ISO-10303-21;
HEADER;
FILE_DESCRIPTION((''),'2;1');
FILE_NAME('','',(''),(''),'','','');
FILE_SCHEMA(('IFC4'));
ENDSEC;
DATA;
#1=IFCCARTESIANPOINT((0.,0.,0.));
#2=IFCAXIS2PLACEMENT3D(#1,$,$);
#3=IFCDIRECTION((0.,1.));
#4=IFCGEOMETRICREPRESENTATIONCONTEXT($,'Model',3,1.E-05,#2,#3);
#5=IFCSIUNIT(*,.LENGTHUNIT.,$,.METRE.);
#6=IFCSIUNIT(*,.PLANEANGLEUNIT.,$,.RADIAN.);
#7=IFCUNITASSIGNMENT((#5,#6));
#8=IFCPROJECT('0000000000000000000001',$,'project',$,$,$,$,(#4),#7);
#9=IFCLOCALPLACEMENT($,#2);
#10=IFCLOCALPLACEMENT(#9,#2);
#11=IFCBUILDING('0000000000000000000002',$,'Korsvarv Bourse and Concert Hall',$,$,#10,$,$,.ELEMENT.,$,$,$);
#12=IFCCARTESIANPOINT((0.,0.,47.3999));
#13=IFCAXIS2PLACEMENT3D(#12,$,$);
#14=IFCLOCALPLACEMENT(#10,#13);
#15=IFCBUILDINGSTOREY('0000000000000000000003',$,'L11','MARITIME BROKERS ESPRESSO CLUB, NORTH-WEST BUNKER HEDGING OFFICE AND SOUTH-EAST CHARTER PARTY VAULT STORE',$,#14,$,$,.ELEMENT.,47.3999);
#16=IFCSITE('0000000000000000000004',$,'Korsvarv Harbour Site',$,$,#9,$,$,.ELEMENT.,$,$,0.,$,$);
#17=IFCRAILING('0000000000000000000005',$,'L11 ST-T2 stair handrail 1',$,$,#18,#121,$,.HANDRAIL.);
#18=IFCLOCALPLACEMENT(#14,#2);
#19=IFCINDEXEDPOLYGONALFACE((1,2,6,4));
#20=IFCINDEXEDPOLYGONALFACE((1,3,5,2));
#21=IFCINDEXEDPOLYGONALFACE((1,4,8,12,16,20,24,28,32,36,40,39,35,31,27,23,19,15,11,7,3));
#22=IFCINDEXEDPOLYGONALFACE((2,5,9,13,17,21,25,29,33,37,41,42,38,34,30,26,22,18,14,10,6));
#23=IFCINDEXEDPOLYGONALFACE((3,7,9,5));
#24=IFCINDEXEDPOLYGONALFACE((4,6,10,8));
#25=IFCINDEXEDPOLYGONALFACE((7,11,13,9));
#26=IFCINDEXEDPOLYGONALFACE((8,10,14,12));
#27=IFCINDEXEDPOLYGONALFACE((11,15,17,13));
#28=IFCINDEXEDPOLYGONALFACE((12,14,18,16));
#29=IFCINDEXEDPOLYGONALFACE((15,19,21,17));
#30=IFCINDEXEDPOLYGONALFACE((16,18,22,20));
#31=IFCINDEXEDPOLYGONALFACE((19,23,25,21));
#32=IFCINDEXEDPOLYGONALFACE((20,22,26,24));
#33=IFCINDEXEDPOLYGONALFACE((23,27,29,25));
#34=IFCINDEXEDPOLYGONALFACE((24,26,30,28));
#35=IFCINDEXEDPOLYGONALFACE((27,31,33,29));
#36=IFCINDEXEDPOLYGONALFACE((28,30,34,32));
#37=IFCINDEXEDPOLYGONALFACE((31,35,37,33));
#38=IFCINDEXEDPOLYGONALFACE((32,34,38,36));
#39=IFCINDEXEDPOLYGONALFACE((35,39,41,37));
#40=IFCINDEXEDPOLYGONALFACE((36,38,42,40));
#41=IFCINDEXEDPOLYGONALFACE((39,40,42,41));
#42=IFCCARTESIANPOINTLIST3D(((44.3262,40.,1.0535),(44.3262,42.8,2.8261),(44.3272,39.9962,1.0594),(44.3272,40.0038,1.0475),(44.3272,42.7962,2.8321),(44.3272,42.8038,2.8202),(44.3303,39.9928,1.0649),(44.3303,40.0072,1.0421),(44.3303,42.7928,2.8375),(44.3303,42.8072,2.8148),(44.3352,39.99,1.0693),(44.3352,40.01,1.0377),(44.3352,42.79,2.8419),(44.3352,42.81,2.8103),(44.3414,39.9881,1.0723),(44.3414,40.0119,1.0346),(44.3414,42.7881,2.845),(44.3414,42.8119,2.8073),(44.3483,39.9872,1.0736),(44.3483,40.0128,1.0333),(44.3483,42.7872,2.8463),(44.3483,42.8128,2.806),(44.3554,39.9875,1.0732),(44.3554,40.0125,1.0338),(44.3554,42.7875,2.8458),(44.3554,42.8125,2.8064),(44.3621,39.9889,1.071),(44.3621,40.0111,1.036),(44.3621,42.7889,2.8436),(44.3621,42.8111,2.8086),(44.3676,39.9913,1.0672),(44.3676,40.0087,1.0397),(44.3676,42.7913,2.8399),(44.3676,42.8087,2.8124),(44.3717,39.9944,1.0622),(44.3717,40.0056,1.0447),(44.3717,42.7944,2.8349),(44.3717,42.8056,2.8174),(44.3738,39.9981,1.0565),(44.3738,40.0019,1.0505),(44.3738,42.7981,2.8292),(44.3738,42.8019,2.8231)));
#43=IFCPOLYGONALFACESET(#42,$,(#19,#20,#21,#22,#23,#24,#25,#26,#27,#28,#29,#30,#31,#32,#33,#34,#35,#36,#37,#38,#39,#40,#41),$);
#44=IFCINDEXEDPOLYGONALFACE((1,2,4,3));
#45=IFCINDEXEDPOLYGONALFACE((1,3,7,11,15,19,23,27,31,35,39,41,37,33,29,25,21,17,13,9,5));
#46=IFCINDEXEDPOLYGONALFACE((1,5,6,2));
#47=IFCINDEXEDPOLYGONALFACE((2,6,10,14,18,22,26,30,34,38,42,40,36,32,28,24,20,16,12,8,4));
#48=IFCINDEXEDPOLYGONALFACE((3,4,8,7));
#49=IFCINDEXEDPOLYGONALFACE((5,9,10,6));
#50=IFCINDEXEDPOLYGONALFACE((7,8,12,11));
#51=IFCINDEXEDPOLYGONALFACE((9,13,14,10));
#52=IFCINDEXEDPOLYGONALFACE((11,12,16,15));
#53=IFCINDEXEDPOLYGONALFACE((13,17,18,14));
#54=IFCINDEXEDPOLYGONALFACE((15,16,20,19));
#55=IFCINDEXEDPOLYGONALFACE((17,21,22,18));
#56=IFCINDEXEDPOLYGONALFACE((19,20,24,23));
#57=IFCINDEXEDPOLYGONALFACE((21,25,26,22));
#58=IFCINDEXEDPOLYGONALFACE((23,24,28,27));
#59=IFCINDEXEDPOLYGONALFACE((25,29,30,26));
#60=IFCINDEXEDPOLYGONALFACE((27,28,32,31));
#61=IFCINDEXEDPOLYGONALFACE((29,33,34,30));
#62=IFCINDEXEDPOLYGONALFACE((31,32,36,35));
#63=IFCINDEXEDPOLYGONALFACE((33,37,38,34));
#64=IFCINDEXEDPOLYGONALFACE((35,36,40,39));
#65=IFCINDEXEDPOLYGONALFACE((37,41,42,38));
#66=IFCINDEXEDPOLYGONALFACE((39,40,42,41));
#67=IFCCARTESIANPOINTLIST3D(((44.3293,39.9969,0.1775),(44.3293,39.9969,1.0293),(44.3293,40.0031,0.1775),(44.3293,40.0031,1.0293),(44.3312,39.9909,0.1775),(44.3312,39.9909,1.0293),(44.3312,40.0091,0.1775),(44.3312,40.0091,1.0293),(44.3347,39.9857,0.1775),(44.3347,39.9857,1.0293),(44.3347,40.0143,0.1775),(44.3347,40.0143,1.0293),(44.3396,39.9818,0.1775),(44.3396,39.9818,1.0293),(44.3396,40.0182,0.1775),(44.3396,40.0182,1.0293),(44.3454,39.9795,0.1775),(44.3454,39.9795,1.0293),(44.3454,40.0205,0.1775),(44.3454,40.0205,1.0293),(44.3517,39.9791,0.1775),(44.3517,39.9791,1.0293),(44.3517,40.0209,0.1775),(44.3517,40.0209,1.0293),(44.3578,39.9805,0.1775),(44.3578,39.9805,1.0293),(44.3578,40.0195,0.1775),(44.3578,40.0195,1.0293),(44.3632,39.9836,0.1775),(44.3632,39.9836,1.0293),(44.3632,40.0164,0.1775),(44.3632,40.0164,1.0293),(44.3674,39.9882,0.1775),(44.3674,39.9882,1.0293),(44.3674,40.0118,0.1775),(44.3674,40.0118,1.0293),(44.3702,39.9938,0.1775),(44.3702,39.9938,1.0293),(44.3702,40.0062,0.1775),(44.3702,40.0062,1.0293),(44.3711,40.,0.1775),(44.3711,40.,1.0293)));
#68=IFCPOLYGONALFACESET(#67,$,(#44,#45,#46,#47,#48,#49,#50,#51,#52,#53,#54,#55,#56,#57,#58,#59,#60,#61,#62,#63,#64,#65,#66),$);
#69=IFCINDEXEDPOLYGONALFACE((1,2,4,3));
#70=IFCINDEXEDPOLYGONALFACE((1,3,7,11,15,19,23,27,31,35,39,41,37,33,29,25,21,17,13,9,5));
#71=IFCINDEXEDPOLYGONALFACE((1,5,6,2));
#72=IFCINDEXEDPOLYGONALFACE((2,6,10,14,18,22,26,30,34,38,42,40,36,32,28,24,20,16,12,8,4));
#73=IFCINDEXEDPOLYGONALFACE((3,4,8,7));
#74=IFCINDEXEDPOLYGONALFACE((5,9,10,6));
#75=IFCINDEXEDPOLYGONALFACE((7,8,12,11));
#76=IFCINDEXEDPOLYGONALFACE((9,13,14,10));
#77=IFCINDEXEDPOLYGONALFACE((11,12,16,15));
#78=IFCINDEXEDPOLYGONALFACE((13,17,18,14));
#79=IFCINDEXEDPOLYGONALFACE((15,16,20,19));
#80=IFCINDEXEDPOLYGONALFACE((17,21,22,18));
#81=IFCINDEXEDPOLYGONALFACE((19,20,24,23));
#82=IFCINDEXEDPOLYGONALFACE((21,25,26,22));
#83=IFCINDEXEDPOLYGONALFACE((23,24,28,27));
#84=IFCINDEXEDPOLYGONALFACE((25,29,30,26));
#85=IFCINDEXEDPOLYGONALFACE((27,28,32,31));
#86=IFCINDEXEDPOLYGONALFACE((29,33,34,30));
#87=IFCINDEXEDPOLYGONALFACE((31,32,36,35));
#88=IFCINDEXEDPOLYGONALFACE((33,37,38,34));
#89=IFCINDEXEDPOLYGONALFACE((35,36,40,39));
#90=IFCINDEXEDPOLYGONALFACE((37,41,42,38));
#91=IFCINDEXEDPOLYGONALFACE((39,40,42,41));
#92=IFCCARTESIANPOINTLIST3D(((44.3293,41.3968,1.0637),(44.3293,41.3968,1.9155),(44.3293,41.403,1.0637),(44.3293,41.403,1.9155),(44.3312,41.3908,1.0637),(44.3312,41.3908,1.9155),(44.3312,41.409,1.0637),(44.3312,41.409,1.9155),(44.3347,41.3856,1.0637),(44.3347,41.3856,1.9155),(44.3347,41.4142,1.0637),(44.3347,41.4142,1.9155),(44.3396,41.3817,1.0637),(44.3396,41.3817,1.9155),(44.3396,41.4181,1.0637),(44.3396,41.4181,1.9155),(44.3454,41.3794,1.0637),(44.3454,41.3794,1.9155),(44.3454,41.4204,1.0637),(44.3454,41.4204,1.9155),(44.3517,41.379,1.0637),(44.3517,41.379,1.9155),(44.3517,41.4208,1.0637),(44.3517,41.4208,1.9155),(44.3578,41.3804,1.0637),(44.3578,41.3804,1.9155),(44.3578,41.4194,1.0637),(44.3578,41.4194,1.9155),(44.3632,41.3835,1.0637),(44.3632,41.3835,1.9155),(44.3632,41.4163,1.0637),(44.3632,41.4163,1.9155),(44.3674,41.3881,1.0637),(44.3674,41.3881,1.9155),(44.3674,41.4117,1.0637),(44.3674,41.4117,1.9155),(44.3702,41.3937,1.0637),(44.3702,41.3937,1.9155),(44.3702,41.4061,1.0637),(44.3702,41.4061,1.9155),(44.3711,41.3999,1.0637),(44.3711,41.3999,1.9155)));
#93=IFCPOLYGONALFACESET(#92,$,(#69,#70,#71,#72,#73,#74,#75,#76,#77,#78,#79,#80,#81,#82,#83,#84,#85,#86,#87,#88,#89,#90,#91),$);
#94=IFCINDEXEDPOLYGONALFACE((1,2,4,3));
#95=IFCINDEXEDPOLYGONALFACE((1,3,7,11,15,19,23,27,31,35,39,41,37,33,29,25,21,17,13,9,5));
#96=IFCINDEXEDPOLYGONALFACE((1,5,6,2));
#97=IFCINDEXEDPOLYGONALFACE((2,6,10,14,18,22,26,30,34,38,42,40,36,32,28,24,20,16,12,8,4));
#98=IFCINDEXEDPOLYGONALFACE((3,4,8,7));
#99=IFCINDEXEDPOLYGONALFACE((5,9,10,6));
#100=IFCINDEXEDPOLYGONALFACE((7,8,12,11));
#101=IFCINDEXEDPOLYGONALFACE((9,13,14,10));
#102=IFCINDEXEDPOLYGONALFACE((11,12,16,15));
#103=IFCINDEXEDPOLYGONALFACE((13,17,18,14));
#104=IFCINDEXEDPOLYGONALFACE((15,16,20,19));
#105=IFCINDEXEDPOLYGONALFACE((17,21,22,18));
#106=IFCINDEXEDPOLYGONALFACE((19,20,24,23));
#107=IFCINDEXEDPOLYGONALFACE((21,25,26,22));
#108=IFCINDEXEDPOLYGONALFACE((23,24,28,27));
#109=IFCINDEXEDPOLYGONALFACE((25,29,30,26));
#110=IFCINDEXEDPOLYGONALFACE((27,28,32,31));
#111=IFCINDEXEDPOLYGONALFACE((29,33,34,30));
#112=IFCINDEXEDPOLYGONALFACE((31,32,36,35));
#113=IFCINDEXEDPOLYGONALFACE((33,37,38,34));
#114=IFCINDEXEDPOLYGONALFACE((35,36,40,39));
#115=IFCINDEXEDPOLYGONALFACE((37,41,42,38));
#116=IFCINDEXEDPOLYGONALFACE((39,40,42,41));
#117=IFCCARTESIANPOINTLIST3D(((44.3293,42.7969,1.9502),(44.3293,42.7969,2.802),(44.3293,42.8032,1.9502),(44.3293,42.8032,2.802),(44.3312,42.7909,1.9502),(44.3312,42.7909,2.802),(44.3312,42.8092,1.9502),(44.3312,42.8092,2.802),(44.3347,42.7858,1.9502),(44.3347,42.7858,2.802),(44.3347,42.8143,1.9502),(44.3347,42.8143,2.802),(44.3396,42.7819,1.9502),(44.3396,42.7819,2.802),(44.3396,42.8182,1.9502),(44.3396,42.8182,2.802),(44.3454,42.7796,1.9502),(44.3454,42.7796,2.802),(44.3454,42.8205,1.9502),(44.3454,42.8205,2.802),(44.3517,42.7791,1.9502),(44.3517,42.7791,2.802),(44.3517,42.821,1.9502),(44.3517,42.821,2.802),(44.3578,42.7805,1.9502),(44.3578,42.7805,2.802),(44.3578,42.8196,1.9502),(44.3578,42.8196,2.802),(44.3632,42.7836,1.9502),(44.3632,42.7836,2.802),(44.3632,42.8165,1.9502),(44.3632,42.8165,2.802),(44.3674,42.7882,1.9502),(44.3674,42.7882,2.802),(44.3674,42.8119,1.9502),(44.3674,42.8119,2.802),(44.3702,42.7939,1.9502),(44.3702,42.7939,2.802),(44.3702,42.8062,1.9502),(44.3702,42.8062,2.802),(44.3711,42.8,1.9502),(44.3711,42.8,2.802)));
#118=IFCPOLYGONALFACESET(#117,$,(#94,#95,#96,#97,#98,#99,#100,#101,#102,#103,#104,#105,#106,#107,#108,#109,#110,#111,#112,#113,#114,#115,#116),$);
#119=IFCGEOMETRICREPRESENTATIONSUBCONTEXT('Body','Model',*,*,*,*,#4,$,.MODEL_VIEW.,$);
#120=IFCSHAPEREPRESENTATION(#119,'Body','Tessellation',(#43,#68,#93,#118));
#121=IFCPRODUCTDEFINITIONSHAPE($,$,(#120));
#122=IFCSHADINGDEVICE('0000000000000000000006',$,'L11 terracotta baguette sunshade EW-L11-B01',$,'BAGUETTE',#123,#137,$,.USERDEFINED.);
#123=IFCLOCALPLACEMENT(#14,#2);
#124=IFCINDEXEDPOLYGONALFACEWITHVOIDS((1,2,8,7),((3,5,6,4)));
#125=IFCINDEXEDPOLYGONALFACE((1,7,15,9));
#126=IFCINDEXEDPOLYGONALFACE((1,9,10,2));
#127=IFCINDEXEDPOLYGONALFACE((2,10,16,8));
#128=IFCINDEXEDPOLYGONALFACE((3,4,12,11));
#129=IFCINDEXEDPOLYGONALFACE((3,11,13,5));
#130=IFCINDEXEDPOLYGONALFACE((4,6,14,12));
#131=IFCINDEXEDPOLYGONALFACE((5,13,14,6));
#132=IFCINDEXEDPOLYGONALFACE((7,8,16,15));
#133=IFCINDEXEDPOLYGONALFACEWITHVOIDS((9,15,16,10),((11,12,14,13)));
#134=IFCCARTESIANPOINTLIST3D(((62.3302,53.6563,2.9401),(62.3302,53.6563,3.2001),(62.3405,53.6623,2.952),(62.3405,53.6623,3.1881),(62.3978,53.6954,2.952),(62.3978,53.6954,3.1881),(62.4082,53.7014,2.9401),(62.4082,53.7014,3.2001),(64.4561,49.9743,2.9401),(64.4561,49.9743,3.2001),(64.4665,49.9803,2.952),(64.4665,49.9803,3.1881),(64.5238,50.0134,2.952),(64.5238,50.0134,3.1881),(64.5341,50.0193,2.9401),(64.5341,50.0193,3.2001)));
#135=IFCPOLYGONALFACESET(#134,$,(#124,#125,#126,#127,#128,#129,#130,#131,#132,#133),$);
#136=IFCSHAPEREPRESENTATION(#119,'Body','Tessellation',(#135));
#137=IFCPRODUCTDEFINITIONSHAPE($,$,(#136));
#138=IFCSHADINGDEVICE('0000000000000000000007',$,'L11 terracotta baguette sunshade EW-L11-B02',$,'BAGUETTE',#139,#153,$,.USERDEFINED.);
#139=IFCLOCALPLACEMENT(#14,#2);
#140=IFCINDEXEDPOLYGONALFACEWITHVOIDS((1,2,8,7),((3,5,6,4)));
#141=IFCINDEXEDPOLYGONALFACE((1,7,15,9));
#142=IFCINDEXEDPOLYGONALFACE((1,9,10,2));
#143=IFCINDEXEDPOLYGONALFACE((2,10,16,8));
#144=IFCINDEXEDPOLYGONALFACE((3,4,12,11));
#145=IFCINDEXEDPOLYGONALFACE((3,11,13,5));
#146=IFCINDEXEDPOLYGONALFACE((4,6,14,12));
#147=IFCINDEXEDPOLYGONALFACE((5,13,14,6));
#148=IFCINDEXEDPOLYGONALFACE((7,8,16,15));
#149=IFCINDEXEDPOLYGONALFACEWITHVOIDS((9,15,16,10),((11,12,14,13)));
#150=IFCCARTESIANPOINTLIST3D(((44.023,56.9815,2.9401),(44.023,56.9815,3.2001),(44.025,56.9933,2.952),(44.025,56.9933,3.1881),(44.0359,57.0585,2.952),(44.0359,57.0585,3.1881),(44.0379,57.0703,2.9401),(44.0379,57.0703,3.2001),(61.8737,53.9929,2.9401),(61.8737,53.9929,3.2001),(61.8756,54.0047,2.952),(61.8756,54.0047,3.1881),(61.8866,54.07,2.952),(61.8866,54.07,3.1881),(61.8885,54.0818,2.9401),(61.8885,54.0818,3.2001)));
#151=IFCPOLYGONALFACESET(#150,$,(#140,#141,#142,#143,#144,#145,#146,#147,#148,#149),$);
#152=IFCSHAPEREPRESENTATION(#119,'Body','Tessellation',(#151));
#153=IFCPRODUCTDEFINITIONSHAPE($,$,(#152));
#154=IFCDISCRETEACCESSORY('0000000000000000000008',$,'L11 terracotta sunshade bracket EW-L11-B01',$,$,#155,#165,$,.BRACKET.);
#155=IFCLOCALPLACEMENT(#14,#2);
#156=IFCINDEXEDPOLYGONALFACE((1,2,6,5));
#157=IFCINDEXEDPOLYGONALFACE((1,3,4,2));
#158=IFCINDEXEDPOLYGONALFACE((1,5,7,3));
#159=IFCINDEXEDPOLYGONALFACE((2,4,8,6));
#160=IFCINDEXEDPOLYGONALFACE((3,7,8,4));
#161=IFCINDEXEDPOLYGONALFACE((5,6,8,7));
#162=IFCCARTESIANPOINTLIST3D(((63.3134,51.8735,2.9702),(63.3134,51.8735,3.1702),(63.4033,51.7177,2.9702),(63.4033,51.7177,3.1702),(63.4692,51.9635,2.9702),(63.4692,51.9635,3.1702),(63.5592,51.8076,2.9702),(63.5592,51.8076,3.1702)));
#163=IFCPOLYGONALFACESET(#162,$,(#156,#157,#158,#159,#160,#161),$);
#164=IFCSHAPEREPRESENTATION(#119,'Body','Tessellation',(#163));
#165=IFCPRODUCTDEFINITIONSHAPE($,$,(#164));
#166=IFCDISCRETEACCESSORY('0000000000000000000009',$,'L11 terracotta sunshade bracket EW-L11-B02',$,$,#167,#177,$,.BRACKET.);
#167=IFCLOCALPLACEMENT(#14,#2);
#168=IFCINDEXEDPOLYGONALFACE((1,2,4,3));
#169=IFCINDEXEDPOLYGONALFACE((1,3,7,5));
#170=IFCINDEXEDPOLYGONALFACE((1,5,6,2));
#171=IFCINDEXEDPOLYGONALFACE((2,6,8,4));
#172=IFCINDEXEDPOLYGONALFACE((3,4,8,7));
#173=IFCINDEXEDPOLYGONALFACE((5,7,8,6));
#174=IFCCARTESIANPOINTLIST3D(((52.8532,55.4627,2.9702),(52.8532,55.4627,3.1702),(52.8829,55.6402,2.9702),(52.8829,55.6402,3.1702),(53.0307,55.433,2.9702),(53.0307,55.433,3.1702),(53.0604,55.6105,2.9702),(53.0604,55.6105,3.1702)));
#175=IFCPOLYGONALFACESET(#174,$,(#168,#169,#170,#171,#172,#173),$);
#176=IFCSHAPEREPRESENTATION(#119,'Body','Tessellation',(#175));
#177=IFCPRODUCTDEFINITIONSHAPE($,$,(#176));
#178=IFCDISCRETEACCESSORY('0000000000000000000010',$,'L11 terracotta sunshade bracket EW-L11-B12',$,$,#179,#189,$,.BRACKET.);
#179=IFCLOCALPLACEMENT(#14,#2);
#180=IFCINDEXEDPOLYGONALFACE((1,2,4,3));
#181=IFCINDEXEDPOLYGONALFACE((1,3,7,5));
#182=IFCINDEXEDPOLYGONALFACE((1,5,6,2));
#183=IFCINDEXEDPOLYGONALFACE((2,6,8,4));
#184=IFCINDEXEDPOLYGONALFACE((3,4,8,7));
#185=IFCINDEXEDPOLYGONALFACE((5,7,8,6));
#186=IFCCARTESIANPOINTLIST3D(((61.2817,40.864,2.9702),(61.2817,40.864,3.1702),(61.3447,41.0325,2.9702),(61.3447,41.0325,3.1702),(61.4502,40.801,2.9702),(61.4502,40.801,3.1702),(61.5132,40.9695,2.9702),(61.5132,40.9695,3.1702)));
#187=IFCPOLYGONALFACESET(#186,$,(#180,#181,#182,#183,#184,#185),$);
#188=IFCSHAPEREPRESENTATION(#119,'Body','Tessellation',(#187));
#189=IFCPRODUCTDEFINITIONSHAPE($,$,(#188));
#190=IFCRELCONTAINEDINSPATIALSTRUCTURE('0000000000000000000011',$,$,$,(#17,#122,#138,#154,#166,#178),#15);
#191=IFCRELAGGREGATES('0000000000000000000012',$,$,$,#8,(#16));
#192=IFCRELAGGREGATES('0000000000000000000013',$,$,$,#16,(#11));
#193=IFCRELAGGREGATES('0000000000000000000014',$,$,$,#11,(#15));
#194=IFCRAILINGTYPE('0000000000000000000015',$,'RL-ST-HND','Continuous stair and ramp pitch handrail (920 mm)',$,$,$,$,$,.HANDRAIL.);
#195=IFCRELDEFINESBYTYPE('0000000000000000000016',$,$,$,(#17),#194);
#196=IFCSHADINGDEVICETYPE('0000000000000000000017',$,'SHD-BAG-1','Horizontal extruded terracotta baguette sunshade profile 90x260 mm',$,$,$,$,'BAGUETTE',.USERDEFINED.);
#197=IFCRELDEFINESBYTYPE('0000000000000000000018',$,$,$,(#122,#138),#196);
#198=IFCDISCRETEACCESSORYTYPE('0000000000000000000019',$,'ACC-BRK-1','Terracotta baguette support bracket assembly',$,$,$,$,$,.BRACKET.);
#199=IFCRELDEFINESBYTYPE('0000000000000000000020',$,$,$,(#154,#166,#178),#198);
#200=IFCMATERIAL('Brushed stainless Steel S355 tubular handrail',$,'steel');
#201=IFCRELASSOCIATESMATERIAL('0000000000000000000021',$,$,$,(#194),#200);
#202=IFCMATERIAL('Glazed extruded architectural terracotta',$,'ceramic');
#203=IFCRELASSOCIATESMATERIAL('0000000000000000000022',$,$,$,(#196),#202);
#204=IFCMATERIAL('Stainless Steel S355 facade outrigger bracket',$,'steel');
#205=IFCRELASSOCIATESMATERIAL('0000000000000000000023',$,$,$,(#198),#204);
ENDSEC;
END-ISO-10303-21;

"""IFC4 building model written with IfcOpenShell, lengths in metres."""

from ifc_helpers import new_model, si_unit, direction, frame, origin, origin_2d, place, context, subcontext, project, spatial, rectangle, hollow_rectangle, circle, extrude, source, transform, mapped, material, material_profile, profile_set, type_object, element, save


model = new_model("IFC4")

# Units and contexts
model_context = context("Model", 3, precision=1e-05, world=origin(), true_north=direction((0.0, 1.0)))
body_context = subcontext(model_context, "Body", "Model", "MODEL_VIEW")
ifc_project = project(units=[si_unit("LENGTHUNIT", "METRE"), si_unit("PLANEANGLEUNIT", "RADIAN")], contexts=[model_context])

# Site, building, storey
site_placement = place(None, origin())
site = spatial("IfcSite", under=ifc_project, at=site_placement, Name="Korsvarv Harbour Site", CompositionType="ELEMENT", RefElevation=0.0)
building_placement = place(site_placement, origin())
building = spatial("IfcBuilding", under=site, at=building_placement, Name="Korsvarv Bourse and Concert Hall", CompositionType="ELEMENT")
storey_placement = place(building_placement, frame((0.0, 0.0, 47.3999)))
storey = spatial("IfcBuildingStorey", under=building, at=storey_placement, Name="L11", Description="MARITIME BROKERS ESPRESSO CLUB, NORTH-WEST BUNKER HEDGING OFFICE AND SOUTH-EAST CHARTER PARTY VAULT STORE", CompositionType="ELEMENT", Elevation=47.3999)

# Railing
ifc_material_1 = material(Name="Brushed stainless Steel S355 tubular handrail", Category="steel")
railing_type_1 = type_object("IfcRailingType", Name="RL-ST-HND", Description="Continuous stair and ramp pitch handrail (920 mm)", PredefinedType="HANDRAIL", material=ifc_material_1)
railing_1_placement = place(storey_placement, frame((44.3501, 40.0, 0.1775)))
element("IfcRailing", 1, at=railing_1_placement, inside=storey, type_object=railing_type_1, Name="L11 ST-T2 stair handrail 1", PredefinedType="HANDRAIL", context=body_context, shape_type="SweptSolid", body=[
    extrude(circle(Radius=0.0239, at=origin_2d()), frame((0.0, 0.0, 0.876), z_axis=(0.0, 0.844909, 0.53491), x_axis=(-1.0, 0.0, 0.0)), (0.0, 0.0, 1.0), 3.314),
    extrude(circle(Radius=0.021, at=origin_2d()), origin(), (0.0, 0.0, 1.0), 0.8518),
    extrude(circle(Radius=0.021, at=origin_2d()), frame((0.0, 1.3999, 0.8862)), (0.0, 0.0, 1.0), 0.8518),
    extrude(circle(Radius=0.021, at=origin_2d()), frame((0.0, 2.8, 1.7727)), (0.0, 0.0, 1.0), 0.8518),
])

# Shading devices
ifc_material_2 = material(Name="Glazed extruded architectural terracotta", Category="ceramic")
ifc_material_profile_1 = material_profile(ifc_material_2, hollow_rectangle(XDim=0.0901, YDim=0.26, WallThickness=0.012, at=origin_2d()), Name="TC-BAG 90x260")
ifc_profile_set_1 = profile_set([ifc_material_profile_1], Name="Glazed extruded architectural terracotta")
shading_device_type = type_object("IfcShadingDeviceType", Name="SHD-BAG-1", Description="Horizontal extruded terracotta baguette sunshade profile 90x260 mm", ElementType="BAGUETTE", PredefinedType="USERDEFINED", material=ifc_profile_set_1)
shared_shape_1 = source(origin(), body_context, "Body", "SweptSolid", [
    extrude(hollow_rectangle(XDim=0.0901, YDim=0.26, WallThickness=0.012, at=origin_2d()), origin(), (0.0, 0.0, 1.0), 4.2517),
])
shading_device_1_placement = place(storey_placement, frame((64.4951, 49.9968, 3.0701), z_axis=(-0.500017, 0.866015, 0.0), x_axis=(-0.866015, -0.500017, 0.0)))
element("IfcShadingDevice", 2, at=shading_device_1_placement, inside=storey, type_object=shading_device_type, Name="L11 terracotta baguette sunshade EW-L11-B01", ObjectType="BAGUETTE", PredefinedType="USERDEFINED", context=body_context, shape_type="MappedRepresentation", body=[
    mapped(shared_shape_1, transform((0.0, 0.0, 0.0), scale=1.0)),
])
shared_shape_2 = source(origin(), body_context, "Body", "SweptSolid", [
    extrude(hollow_rectangle(XDim=0.0901, YDim=0.26, WallThickness=0.012, at=origin_2d()), origin(), (0.0, 0.0, 1.0), 18.0991),
])
shading_device_2_placement = place(storey_placement, frame((61.8811, 54.0374, 3.0701), z_axis=(-0.986273, 0.165121, 0.0), x_axis=(-0.165121, -0.986273, 0.0)))
element("IfcShadingDevice", 3, at=shading_device_2_placement, inside=storey, type_object=shading_device_type, Name="L11 terracotta baguette sunshade EW-L11-B02", ObjectType="BAGUETTE", PredefinedType="USERDEFINED", context=body_context, shape_type="MappedRepresentation", body=[
    mapped(shared_shape_2, transform((0.0, 0.0, 0.0), scale=1.0)),
])

# Discrete accessories
ifc_material_3 = material(Name="Stainless Steel S355 facade outrigger bracket", Category="steel")
discrete_accessory_type = type_object("IfcDiscreteAccessoryType", Name="ACC-BRK-1", Description="Terracotta baguette support bracket assembly", PredefinedType="BRACKET", material=ifc_material_3)
shared_shape_3 = source(origin(), body_context, "Body", "SweptSolid", [
    extrude(rectangle(XDim=0.1799, YDim=0.1799, at=origin_2d()), origin(), (0.0, 0.0, 1.0), 0.2),
])
for number, where, z_axis, x_axis, name in (
    (4, (63.4363, 51.8406, 2.9702), (0.0, 0.0, 1.0), (-0.5, 0.866025, 0.0), "L11 terracotta sunshade bracket EW-L11-B01"),
    (5, (52.9568, 55.5366, 2.9702), (0.0, 0.0, 1.0), (-0.986286, 0.165048, 0.0), "L11 terracotta sunshade bracket EW-L11-B02"),
    (6, (61.3975, 40.9167, 2.9702), (0.0, 0.0, 1.0), (0.350207, 0.936672, 0.0), "L11 terracotta sunshade bracket EW-L11-B12"),
):
    element("IfcDiscreteAccessory", number, at=place(storey_placement, frame(where, z_axis=z_axis, x_axis=x_axis)), inside=storey, type_object=discrete_accessory_type, Name=name, PredefinedType="BRACKET", context=body_context, shape_type="MappedRepresentation", body=[
        mapped(shared_shape_3, transform((0.0, 0.0, 0.0), scale=1.0)),
    ])

save(model, "model.ifc")
